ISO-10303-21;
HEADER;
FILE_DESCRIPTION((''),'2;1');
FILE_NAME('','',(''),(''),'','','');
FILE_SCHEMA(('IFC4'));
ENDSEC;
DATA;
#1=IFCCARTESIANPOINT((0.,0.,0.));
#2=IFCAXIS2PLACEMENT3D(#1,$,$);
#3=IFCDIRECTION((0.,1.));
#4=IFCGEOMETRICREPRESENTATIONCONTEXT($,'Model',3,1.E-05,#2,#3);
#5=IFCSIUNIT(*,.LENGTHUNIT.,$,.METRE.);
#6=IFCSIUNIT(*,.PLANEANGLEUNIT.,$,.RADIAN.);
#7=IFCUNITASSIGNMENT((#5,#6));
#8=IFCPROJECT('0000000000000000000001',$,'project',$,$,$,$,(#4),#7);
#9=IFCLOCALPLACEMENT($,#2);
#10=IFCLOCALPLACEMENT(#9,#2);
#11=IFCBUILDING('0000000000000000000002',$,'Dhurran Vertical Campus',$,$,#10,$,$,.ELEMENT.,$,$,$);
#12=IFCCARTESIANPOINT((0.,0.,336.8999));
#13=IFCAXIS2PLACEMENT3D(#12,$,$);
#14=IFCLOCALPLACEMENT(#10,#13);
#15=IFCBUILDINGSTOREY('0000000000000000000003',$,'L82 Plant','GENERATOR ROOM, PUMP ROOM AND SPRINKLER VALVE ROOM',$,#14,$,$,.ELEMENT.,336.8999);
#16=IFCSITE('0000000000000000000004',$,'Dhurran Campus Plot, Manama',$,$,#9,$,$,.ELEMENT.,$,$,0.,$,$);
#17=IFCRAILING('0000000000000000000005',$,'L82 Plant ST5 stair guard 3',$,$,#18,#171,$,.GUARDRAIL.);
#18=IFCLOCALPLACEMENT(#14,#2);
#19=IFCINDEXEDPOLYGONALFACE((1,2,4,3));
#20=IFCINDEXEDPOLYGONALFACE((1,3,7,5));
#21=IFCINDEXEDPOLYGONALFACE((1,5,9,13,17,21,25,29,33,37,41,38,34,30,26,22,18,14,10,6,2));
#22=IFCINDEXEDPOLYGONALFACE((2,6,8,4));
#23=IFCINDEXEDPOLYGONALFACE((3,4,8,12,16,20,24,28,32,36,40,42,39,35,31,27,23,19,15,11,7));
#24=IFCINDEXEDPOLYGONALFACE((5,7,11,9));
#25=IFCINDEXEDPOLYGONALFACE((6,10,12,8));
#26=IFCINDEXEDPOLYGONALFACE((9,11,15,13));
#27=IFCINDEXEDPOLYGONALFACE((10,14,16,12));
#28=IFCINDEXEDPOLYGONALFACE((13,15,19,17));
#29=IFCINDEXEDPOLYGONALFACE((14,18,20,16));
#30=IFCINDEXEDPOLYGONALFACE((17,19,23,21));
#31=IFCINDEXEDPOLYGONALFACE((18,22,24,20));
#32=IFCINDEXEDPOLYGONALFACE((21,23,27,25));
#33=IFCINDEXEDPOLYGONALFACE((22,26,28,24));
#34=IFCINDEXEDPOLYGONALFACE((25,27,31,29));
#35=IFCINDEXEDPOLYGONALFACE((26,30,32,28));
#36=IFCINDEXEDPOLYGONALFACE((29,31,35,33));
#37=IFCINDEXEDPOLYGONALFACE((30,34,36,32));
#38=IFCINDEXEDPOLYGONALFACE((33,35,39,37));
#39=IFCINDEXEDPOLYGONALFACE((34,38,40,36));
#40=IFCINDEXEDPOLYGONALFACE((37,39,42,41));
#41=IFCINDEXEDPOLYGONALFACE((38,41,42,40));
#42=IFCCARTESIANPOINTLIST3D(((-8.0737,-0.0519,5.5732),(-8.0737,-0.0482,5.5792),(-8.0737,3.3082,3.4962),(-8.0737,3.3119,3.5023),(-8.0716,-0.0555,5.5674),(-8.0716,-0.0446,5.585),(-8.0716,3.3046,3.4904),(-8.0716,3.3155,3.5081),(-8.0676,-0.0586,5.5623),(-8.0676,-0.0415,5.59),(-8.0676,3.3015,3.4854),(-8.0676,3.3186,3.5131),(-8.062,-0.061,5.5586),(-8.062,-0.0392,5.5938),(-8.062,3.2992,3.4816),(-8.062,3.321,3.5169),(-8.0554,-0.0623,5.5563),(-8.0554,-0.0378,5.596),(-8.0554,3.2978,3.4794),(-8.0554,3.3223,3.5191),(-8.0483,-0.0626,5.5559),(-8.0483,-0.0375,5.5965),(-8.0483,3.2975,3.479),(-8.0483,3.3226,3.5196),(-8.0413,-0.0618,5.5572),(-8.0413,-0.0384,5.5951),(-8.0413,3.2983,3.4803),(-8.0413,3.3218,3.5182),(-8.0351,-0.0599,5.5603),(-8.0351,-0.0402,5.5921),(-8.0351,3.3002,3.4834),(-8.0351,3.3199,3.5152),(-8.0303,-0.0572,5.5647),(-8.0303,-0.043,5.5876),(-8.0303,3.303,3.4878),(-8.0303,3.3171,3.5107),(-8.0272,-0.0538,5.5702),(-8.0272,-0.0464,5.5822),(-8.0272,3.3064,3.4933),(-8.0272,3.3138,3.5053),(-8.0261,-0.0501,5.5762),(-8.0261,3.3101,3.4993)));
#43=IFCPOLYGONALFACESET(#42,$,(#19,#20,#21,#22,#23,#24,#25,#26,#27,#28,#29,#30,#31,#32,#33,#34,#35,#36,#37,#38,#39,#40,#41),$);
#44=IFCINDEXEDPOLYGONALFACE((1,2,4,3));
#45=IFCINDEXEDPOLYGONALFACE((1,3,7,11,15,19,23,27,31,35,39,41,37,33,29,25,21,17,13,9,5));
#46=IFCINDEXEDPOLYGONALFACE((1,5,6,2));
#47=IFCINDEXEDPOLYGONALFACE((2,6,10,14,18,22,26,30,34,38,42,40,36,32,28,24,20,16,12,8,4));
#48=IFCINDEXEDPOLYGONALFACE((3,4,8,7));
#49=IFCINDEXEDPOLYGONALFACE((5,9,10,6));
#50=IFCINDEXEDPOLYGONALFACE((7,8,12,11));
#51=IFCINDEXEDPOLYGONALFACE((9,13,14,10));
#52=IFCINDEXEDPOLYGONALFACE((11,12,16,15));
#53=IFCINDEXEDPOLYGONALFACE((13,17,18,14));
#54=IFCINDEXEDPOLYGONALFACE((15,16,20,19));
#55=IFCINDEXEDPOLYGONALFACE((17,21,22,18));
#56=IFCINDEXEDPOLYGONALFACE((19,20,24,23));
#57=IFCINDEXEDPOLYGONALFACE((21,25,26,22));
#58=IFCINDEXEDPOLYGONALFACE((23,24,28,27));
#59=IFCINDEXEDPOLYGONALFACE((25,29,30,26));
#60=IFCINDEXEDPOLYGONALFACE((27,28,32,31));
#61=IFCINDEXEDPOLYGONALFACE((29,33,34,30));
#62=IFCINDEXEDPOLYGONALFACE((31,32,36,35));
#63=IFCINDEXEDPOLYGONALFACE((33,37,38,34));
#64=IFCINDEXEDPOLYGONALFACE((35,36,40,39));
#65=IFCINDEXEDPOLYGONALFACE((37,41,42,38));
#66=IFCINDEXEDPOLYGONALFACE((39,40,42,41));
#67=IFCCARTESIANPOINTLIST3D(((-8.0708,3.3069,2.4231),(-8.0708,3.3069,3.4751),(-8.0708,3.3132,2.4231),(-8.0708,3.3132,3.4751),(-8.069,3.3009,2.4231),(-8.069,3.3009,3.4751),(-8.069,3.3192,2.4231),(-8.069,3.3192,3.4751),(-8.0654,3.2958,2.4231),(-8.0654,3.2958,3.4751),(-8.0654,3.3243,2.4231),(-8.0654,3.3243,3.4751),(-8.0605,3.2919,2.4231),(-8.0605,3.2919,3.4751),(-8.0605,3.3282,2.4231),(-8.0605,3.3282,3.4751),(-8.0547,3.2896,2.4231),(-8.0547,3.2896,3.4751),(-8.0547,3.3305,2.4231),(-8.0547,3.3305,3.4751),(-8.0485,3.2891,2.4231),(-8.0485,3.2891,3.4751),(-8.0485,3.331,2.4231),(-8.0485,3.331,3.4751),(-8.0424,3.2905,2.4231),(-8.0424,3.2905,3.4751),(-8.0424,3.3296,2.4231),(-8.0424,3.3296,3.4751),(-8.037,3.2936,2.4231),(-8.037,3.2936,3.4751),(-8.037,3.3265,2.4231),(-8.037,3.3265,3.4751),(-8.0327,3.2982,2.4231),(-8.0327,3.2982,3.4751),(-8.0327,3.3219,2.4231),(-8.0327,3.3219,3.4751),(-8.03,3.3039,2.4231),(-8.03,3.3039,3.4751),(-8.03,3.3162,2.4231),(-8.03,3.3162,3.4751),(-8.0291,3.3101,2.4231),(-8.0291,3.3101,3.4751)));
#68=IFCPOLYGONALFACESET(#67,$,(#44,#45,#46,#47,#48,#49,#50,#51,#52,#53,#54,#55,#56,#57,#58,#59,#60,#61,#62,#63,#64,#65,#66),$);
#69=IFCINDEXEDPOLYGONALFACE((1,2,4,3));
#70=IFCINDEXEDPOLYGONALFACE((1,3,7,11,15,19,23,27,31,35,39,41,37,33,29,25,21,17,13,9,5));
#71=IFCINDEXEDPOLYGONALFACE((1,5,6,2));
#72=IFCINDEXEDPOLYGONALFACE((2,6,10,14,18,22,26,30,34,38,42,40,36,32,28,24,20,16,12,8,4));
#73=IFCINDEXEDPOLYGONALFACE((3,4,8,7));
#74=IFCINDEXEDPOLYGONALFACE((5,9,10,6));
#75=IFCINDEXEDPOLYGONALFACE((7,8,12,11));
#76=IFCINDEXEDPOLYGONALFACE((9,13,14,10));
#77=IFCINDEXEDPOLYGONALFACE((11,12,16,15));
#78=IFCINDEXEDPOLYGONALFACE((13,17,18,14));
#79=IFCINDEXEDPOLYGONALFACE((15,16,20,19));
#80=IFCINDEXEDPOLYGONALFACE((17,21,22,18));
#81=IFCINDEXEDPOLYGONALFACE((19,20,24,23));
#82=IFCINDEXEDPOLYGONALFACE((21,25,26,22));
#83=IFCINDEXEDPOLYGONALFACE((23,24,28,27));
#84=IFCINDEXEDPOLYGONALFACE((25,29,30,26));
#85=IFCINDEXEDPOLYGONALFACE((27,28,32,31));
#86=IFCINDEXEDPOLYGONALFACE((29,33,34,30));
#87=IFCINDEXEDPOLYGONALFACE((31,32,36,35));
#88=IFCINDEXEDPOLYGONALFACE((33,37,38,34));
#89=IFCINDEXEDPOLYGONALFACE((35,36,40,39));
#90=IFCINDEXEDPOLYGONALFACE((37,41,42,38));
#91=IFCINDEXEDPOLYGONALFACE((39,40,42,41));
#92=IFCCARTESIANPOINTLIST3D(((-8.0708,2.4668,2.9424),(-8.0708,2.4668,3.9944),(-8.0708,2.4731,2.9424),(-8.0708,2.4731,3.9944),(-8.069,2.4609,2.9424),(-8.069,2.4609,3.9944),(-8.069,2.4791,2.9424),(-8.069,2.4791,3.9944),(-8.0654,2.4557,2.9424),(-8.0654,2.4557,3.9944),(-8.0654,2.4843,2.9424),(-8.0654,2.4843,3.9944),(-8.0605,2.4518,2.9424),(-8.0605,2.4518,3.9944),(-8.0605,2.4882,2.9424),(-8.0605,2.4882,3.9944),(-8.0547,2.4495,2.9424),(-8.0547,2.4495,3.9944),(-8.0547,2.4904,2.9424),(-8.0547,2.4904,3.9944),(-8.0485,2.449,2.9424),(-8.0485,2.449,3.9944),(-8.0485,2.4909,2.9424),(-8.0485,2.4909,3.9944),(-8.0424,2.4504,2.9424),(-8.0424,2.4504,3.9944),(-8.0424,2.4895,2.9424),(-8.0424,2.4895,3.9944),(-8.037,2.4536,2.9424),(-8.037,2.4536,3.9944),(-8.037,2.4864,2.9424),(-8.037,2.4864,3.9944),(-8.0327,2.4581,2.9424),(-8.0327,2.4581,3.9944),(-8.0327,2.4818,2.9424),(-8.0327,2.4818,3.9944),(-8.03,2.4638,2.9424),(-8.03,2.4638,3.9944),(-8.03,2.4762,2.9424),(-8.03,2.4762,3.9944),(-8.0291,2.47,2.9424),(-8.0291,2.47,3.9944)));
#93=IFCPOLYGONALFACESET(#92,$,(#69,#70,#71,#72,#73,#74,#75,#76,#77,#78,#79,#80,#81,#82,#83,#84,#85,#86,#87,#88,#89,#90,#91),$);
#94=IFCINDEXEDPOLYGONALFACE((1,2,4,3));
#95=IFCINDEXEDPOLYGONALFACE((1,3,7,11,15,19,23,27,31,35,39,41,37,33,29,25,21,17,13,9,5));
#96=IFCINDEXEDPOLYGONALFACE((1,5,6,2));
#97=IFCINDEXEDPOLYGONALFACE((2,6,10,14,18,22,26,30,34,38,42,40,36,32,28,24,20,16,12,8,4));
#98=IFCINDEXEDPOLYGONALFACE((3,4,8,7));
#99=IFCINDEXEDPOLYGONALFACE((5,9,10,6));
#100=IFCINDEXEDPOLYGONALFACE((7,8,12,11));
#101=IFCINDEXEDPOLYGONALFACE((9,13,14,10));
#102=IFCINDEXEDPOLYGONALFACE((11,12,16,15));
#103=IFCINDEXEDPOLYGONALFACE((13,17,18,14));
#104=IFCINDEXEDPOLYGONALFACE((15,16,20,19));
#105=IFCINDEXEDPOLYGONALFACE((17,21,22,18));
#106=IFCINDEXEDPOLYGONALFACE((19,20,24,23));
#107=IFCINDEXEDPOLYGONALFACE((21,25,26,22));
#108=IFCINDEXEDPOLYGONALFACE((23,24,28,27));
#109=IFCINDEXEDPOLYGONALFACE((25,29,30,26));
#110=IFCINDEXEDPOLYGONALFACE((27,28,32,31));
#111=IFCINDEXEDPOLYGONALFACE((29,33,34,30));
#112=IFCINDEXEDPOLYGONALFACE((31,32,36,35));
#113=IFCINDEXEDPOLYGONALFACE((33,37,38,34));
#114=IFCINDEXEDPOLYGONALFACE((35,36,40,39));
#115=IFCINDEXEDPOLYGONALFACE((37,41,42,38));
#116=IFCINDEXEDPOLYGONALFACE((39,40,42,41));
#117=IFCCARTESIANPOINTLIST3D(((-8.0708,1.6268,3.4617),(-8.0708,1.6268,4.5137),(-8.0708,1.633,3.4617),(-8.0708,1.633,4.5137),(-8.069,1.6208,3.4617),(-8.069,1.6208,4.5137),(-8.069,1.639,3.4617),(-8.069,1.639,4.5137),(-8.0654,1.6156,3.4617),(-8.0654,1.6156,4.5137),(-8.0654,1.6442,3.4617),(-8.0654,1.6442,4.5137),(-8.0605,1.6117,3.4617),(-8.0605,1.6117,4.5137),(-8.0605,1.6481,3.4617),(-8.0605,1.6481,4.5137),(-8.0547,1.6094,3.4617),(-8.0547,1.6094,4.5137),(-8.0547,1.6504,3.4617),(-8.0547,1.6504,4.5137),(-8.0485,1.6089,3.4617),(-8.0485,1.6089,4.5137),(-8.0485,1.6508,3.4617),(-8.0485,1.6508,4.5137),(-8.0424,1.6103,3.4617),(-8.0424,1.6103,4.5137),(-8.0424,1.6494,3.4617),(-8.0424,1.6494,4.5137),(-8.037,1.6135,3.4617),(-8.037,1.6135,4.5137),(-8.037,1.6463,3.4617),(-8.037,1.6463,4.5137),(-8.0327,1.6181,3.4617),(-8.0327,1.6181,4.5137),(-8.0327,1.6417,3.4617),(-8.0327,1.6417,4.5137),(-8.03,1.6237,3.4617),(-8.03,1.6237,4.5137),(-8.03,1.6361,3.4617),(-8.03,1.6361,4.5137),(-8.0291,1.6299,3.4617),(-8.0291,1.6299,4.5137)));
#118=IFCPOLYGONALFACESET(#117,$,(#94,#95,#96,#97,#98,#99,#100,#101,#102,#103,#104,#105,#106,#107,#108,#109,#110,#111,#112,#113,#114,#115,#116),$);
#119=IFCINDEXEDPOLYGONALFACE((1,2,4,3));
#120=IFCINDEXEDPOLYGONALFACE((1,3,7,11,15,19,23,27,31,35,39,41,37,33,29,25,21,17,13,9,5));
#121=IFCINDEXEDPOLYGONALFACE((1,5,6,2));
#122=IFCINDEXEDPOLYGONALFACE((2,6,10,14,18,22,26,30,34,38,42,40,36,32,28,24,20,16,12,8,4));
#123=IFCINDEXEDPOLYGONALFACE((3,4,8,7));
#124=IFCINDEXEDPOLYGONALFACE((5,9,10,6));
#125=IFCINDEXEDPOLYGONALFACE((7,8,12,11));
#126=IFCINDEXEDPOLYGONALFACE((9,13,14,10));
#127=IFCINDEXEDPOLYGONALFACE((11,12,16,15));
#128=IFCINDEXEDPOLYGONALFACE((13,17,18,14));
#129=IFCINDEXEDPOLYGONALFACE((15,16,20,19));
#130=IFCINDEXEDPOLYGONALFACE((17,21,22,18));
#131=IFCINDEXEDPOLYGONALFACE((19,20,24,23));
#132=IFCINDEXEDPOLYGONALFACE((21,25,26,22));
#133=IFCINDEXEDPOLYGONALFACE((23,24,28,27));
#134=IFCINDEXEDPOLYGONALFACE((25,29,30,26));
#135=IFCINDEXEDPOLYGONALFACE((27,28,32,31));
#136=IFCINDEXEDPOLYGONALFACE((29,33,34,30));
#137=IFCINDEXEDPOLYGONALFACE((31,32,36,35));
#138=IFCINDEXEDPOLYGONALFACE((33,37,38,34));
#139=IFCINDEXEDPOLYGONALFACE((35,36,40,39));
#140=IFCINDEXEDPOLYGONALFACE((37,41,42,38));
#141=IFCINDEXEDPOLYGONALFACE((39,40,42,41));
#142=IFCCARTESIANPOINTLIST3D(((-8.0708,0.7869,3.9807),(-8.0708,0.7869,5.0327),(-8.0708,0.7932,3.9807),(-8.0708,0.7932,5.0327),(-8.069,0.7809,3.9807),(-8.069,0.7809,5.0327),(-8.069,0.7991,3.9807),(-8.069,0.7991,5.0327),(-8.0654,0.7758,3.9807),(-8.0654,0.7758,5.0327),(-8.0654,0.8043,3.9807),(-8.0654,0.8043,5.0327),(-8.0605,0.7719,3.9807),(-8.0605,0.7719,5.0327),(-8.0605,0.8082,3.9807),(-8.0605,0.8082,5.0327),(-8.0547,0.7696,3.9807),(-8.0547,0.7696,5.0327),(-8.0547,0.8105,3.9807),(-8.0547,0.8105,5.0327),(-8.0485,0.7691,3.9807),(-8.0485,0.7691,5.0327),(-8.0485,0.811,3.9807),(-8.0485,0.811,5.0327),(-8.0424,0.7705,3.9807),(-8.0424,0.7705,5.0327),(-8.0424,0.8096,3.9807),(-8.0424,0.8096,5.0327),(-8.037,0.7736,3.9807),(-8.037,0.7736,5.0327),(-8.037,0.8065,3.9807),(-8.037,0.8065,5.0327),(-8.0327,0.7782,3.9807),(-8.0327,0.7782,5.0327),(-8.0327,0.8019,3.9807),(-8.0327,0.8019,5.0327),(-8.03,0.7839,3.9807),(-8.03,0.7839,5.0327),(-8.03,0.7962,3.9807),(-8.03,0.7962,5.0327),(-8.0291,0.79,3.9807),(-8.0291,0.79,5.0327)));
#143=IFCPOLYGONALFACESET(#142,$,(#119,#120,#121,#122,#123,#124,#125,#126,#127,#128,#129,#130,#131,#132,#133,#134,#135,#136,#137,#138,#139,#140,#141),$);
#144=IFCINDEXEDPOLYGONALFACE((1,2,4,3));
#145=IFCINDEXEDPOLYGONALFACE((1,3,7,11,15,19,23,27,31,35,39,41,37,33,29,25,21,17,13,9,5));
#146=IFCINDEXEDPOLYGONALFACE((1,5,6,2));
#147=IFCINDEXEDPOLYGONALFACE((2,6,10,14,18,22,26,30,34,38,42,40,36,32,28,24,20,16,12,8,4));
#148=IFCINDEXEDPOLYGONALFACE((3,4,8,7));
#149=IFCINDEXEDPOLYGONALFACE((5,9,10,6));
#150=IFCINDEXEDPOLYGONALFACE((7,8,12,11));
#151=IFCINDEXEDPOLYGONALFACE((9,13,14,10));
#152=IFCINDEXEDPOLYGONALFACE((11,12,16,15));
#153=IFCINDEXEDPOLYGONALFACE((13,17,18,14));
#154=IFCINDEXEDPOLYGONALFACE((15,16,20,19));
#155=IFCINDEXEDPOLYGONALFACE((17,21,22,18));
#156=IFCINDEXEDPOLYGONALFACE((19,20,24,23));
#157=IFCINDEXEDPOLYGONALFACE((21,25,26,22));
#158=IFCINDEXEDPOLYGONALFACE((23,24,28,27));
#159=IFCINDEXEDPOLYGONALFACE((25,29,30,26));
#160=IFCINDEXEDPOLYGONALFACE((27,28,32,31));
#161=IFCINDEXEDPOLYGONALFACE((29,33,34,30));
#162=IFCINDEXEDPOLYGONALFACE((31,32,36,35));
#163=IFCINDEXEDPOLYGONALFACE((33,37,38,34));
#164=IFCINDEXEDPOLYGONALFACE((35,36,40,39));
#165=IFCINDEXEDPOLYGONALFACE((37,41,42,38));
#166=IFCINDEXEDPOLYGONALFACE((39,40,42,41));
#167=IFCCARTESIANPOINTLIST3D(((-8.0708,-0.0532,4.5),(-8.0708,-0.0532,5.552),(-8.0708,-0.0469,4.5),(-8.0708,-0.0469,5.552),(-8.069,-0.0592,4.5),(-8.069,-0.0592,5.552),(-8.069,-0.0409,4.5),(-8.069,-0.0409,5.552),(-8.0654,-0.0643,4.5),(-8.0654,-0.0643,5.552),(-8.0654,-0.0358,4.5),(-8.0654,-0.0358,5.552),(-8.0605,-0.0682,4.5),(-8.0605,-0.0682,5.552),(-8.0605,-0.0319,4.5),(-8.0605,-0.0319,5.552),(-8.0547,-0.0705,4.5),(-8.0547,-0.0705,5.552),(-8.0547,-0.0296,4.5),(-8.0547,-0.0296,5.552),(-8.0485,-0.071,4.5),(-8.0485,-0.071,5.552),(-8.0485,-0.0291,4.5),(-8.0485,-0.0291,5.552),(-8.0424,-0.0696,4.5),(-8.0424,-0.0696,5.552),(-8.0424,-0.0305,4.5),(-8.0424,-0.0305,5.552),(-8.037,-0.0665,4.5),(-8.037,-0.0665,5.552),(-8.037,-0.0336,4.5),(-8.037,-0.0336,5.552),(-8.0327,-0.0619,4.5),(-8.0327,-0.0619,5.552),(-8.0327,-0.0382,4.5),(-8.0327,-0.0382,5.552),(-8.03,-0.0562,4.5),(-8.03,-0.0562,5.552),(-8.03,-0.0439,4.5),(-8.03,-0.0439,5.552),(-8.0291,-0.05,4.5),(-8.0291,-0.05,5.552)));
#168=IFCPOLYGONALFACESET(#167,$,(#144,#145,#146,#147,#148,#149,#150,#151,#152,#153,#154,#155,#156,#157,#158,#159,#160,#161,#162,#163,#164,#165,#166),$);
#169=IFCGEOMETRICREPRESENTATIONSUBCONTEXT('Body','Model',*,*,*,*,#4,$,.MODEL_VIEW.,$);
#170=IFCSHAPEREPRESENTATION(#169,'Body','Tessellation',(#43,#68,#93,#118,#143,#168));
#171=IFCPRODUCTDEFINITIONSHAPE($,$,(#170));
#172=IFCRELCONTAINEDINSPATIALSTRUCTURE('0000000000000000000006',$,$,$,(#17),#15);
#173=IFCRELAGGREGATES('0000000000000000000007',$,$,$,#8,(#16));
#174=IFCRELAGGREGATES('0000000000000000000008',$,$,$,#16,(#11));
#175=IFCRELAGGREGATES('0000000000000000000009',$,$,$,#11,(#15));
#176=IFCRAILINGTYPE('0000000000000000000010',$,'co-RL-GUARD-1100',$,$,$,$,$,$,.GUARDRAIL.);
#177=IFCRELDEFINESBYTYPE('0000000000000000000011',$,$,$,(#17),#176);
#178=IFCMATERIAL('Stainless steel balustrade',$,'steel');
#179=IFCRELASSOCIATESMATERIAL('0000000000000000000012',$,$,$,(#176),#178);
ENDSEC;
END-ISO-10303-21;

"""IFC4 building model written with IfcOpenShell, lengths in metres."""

from ifc_helpers import new_model, si_unit, direction, frame, origin, origin_2d, place, context, subcontext, project, spatial, circle, extrude, material, type_object, element, save


model = new_model("IFC4")

# Units and contexts
model_context = context("Model", 3, precision=1e-05, world=origin(), true_north=direction((0.0, 1.0)))
body_context = subcontext(model_context, "Body", "Model", "MODEL_VIEW")
ifc_project = project(units=[si_unit("LENGTHUNIT", "METRE"), si_unit("PLANEANGLEUNIT", "RADIAN")], contexts=[model_context])

# Site, building, storey
site_placement = place(None, origin())
site = spatial("IfcSite", under=ifc_project, at=site_placement, Name="Dhurran Campus Plot, Manama", CompositionType="ELEMENT", RefElevation=0.0)
building_placement = place(site_placement, origin())
building = spatial("IfcBuilding", under=site, at=building_placement, Name="Dhurran Vertical Campus", CompositionType="ELEMENT")
storey_placement = place(building_placement, frame((0.0, 0.0, 336.8999)))
storey = spatial("IfcBuildingStorey", under=building, at=storey_placement, Name="L82 Plant", Description="GENERATOR ROOM, PUMP ROOM AND SPRINKLER VALVE ROOM", CompositionType="ELEMENT", Elevation=336.8999)

# Railing
ifc_material_1 = material(Name="Stainless steel balustrade", Category="steel")
railing_type_1 = type_object("IfcRailingType", Name="co-RL-GUARD-1100", PredefinedType="GUARDRAIL", material=ifc_material_1)
railing_1_placement = place(storey_placement, frame((-8.05, 3.3101, 2.4231)))
element("IfcRailing", 1, at=railing_1_placement, inside=storey, type_object=railing_type_1, Name="L82 Plant ST5 stair guard 3", PredefinedType="GUARDRAIL", context=body_context, shape_type="SweptSolid", body=[
    extrude(circle(Radius=0.0239, at=origin_2d()), frame((0.0, 0.0, 1.0762), z_axis=(0.0, -0.850623, 0.525776), x_axis=(1.0, 0.0, 0.0)), (0.0, 0.0, 1.0), 3.9502),
    extrude(circle(Radius=0.021, at=origin_2d()), origin(), (0.0, 0.0, 1.0), 1.052),
    extrude(circle(Radius=0.021, at=origin_2d()), frame((0.0, -0.8401, 0.5193)), (0.0, 0.0, 1.0), 1.052),
    extrude(circle(Radius=0.021, at=origin_2d()), frame((0.0, -1.6802, 1.0386)), (0.0, 0.0, 1.0), 1.052),
    extrude(circle(Radius=0.021, at=origin_2d()), frame((0.0, -2.52, 1.5576)), (0.0, 0.0, 1.0), 1.052),
    extrude(circle(Radius=0.021, at=origin_2d()), frame((0.0, -3.3601, 2.0769)), (0.0, 0.0, 1.0), 1.052),
])

save(model, "model.ifc")
